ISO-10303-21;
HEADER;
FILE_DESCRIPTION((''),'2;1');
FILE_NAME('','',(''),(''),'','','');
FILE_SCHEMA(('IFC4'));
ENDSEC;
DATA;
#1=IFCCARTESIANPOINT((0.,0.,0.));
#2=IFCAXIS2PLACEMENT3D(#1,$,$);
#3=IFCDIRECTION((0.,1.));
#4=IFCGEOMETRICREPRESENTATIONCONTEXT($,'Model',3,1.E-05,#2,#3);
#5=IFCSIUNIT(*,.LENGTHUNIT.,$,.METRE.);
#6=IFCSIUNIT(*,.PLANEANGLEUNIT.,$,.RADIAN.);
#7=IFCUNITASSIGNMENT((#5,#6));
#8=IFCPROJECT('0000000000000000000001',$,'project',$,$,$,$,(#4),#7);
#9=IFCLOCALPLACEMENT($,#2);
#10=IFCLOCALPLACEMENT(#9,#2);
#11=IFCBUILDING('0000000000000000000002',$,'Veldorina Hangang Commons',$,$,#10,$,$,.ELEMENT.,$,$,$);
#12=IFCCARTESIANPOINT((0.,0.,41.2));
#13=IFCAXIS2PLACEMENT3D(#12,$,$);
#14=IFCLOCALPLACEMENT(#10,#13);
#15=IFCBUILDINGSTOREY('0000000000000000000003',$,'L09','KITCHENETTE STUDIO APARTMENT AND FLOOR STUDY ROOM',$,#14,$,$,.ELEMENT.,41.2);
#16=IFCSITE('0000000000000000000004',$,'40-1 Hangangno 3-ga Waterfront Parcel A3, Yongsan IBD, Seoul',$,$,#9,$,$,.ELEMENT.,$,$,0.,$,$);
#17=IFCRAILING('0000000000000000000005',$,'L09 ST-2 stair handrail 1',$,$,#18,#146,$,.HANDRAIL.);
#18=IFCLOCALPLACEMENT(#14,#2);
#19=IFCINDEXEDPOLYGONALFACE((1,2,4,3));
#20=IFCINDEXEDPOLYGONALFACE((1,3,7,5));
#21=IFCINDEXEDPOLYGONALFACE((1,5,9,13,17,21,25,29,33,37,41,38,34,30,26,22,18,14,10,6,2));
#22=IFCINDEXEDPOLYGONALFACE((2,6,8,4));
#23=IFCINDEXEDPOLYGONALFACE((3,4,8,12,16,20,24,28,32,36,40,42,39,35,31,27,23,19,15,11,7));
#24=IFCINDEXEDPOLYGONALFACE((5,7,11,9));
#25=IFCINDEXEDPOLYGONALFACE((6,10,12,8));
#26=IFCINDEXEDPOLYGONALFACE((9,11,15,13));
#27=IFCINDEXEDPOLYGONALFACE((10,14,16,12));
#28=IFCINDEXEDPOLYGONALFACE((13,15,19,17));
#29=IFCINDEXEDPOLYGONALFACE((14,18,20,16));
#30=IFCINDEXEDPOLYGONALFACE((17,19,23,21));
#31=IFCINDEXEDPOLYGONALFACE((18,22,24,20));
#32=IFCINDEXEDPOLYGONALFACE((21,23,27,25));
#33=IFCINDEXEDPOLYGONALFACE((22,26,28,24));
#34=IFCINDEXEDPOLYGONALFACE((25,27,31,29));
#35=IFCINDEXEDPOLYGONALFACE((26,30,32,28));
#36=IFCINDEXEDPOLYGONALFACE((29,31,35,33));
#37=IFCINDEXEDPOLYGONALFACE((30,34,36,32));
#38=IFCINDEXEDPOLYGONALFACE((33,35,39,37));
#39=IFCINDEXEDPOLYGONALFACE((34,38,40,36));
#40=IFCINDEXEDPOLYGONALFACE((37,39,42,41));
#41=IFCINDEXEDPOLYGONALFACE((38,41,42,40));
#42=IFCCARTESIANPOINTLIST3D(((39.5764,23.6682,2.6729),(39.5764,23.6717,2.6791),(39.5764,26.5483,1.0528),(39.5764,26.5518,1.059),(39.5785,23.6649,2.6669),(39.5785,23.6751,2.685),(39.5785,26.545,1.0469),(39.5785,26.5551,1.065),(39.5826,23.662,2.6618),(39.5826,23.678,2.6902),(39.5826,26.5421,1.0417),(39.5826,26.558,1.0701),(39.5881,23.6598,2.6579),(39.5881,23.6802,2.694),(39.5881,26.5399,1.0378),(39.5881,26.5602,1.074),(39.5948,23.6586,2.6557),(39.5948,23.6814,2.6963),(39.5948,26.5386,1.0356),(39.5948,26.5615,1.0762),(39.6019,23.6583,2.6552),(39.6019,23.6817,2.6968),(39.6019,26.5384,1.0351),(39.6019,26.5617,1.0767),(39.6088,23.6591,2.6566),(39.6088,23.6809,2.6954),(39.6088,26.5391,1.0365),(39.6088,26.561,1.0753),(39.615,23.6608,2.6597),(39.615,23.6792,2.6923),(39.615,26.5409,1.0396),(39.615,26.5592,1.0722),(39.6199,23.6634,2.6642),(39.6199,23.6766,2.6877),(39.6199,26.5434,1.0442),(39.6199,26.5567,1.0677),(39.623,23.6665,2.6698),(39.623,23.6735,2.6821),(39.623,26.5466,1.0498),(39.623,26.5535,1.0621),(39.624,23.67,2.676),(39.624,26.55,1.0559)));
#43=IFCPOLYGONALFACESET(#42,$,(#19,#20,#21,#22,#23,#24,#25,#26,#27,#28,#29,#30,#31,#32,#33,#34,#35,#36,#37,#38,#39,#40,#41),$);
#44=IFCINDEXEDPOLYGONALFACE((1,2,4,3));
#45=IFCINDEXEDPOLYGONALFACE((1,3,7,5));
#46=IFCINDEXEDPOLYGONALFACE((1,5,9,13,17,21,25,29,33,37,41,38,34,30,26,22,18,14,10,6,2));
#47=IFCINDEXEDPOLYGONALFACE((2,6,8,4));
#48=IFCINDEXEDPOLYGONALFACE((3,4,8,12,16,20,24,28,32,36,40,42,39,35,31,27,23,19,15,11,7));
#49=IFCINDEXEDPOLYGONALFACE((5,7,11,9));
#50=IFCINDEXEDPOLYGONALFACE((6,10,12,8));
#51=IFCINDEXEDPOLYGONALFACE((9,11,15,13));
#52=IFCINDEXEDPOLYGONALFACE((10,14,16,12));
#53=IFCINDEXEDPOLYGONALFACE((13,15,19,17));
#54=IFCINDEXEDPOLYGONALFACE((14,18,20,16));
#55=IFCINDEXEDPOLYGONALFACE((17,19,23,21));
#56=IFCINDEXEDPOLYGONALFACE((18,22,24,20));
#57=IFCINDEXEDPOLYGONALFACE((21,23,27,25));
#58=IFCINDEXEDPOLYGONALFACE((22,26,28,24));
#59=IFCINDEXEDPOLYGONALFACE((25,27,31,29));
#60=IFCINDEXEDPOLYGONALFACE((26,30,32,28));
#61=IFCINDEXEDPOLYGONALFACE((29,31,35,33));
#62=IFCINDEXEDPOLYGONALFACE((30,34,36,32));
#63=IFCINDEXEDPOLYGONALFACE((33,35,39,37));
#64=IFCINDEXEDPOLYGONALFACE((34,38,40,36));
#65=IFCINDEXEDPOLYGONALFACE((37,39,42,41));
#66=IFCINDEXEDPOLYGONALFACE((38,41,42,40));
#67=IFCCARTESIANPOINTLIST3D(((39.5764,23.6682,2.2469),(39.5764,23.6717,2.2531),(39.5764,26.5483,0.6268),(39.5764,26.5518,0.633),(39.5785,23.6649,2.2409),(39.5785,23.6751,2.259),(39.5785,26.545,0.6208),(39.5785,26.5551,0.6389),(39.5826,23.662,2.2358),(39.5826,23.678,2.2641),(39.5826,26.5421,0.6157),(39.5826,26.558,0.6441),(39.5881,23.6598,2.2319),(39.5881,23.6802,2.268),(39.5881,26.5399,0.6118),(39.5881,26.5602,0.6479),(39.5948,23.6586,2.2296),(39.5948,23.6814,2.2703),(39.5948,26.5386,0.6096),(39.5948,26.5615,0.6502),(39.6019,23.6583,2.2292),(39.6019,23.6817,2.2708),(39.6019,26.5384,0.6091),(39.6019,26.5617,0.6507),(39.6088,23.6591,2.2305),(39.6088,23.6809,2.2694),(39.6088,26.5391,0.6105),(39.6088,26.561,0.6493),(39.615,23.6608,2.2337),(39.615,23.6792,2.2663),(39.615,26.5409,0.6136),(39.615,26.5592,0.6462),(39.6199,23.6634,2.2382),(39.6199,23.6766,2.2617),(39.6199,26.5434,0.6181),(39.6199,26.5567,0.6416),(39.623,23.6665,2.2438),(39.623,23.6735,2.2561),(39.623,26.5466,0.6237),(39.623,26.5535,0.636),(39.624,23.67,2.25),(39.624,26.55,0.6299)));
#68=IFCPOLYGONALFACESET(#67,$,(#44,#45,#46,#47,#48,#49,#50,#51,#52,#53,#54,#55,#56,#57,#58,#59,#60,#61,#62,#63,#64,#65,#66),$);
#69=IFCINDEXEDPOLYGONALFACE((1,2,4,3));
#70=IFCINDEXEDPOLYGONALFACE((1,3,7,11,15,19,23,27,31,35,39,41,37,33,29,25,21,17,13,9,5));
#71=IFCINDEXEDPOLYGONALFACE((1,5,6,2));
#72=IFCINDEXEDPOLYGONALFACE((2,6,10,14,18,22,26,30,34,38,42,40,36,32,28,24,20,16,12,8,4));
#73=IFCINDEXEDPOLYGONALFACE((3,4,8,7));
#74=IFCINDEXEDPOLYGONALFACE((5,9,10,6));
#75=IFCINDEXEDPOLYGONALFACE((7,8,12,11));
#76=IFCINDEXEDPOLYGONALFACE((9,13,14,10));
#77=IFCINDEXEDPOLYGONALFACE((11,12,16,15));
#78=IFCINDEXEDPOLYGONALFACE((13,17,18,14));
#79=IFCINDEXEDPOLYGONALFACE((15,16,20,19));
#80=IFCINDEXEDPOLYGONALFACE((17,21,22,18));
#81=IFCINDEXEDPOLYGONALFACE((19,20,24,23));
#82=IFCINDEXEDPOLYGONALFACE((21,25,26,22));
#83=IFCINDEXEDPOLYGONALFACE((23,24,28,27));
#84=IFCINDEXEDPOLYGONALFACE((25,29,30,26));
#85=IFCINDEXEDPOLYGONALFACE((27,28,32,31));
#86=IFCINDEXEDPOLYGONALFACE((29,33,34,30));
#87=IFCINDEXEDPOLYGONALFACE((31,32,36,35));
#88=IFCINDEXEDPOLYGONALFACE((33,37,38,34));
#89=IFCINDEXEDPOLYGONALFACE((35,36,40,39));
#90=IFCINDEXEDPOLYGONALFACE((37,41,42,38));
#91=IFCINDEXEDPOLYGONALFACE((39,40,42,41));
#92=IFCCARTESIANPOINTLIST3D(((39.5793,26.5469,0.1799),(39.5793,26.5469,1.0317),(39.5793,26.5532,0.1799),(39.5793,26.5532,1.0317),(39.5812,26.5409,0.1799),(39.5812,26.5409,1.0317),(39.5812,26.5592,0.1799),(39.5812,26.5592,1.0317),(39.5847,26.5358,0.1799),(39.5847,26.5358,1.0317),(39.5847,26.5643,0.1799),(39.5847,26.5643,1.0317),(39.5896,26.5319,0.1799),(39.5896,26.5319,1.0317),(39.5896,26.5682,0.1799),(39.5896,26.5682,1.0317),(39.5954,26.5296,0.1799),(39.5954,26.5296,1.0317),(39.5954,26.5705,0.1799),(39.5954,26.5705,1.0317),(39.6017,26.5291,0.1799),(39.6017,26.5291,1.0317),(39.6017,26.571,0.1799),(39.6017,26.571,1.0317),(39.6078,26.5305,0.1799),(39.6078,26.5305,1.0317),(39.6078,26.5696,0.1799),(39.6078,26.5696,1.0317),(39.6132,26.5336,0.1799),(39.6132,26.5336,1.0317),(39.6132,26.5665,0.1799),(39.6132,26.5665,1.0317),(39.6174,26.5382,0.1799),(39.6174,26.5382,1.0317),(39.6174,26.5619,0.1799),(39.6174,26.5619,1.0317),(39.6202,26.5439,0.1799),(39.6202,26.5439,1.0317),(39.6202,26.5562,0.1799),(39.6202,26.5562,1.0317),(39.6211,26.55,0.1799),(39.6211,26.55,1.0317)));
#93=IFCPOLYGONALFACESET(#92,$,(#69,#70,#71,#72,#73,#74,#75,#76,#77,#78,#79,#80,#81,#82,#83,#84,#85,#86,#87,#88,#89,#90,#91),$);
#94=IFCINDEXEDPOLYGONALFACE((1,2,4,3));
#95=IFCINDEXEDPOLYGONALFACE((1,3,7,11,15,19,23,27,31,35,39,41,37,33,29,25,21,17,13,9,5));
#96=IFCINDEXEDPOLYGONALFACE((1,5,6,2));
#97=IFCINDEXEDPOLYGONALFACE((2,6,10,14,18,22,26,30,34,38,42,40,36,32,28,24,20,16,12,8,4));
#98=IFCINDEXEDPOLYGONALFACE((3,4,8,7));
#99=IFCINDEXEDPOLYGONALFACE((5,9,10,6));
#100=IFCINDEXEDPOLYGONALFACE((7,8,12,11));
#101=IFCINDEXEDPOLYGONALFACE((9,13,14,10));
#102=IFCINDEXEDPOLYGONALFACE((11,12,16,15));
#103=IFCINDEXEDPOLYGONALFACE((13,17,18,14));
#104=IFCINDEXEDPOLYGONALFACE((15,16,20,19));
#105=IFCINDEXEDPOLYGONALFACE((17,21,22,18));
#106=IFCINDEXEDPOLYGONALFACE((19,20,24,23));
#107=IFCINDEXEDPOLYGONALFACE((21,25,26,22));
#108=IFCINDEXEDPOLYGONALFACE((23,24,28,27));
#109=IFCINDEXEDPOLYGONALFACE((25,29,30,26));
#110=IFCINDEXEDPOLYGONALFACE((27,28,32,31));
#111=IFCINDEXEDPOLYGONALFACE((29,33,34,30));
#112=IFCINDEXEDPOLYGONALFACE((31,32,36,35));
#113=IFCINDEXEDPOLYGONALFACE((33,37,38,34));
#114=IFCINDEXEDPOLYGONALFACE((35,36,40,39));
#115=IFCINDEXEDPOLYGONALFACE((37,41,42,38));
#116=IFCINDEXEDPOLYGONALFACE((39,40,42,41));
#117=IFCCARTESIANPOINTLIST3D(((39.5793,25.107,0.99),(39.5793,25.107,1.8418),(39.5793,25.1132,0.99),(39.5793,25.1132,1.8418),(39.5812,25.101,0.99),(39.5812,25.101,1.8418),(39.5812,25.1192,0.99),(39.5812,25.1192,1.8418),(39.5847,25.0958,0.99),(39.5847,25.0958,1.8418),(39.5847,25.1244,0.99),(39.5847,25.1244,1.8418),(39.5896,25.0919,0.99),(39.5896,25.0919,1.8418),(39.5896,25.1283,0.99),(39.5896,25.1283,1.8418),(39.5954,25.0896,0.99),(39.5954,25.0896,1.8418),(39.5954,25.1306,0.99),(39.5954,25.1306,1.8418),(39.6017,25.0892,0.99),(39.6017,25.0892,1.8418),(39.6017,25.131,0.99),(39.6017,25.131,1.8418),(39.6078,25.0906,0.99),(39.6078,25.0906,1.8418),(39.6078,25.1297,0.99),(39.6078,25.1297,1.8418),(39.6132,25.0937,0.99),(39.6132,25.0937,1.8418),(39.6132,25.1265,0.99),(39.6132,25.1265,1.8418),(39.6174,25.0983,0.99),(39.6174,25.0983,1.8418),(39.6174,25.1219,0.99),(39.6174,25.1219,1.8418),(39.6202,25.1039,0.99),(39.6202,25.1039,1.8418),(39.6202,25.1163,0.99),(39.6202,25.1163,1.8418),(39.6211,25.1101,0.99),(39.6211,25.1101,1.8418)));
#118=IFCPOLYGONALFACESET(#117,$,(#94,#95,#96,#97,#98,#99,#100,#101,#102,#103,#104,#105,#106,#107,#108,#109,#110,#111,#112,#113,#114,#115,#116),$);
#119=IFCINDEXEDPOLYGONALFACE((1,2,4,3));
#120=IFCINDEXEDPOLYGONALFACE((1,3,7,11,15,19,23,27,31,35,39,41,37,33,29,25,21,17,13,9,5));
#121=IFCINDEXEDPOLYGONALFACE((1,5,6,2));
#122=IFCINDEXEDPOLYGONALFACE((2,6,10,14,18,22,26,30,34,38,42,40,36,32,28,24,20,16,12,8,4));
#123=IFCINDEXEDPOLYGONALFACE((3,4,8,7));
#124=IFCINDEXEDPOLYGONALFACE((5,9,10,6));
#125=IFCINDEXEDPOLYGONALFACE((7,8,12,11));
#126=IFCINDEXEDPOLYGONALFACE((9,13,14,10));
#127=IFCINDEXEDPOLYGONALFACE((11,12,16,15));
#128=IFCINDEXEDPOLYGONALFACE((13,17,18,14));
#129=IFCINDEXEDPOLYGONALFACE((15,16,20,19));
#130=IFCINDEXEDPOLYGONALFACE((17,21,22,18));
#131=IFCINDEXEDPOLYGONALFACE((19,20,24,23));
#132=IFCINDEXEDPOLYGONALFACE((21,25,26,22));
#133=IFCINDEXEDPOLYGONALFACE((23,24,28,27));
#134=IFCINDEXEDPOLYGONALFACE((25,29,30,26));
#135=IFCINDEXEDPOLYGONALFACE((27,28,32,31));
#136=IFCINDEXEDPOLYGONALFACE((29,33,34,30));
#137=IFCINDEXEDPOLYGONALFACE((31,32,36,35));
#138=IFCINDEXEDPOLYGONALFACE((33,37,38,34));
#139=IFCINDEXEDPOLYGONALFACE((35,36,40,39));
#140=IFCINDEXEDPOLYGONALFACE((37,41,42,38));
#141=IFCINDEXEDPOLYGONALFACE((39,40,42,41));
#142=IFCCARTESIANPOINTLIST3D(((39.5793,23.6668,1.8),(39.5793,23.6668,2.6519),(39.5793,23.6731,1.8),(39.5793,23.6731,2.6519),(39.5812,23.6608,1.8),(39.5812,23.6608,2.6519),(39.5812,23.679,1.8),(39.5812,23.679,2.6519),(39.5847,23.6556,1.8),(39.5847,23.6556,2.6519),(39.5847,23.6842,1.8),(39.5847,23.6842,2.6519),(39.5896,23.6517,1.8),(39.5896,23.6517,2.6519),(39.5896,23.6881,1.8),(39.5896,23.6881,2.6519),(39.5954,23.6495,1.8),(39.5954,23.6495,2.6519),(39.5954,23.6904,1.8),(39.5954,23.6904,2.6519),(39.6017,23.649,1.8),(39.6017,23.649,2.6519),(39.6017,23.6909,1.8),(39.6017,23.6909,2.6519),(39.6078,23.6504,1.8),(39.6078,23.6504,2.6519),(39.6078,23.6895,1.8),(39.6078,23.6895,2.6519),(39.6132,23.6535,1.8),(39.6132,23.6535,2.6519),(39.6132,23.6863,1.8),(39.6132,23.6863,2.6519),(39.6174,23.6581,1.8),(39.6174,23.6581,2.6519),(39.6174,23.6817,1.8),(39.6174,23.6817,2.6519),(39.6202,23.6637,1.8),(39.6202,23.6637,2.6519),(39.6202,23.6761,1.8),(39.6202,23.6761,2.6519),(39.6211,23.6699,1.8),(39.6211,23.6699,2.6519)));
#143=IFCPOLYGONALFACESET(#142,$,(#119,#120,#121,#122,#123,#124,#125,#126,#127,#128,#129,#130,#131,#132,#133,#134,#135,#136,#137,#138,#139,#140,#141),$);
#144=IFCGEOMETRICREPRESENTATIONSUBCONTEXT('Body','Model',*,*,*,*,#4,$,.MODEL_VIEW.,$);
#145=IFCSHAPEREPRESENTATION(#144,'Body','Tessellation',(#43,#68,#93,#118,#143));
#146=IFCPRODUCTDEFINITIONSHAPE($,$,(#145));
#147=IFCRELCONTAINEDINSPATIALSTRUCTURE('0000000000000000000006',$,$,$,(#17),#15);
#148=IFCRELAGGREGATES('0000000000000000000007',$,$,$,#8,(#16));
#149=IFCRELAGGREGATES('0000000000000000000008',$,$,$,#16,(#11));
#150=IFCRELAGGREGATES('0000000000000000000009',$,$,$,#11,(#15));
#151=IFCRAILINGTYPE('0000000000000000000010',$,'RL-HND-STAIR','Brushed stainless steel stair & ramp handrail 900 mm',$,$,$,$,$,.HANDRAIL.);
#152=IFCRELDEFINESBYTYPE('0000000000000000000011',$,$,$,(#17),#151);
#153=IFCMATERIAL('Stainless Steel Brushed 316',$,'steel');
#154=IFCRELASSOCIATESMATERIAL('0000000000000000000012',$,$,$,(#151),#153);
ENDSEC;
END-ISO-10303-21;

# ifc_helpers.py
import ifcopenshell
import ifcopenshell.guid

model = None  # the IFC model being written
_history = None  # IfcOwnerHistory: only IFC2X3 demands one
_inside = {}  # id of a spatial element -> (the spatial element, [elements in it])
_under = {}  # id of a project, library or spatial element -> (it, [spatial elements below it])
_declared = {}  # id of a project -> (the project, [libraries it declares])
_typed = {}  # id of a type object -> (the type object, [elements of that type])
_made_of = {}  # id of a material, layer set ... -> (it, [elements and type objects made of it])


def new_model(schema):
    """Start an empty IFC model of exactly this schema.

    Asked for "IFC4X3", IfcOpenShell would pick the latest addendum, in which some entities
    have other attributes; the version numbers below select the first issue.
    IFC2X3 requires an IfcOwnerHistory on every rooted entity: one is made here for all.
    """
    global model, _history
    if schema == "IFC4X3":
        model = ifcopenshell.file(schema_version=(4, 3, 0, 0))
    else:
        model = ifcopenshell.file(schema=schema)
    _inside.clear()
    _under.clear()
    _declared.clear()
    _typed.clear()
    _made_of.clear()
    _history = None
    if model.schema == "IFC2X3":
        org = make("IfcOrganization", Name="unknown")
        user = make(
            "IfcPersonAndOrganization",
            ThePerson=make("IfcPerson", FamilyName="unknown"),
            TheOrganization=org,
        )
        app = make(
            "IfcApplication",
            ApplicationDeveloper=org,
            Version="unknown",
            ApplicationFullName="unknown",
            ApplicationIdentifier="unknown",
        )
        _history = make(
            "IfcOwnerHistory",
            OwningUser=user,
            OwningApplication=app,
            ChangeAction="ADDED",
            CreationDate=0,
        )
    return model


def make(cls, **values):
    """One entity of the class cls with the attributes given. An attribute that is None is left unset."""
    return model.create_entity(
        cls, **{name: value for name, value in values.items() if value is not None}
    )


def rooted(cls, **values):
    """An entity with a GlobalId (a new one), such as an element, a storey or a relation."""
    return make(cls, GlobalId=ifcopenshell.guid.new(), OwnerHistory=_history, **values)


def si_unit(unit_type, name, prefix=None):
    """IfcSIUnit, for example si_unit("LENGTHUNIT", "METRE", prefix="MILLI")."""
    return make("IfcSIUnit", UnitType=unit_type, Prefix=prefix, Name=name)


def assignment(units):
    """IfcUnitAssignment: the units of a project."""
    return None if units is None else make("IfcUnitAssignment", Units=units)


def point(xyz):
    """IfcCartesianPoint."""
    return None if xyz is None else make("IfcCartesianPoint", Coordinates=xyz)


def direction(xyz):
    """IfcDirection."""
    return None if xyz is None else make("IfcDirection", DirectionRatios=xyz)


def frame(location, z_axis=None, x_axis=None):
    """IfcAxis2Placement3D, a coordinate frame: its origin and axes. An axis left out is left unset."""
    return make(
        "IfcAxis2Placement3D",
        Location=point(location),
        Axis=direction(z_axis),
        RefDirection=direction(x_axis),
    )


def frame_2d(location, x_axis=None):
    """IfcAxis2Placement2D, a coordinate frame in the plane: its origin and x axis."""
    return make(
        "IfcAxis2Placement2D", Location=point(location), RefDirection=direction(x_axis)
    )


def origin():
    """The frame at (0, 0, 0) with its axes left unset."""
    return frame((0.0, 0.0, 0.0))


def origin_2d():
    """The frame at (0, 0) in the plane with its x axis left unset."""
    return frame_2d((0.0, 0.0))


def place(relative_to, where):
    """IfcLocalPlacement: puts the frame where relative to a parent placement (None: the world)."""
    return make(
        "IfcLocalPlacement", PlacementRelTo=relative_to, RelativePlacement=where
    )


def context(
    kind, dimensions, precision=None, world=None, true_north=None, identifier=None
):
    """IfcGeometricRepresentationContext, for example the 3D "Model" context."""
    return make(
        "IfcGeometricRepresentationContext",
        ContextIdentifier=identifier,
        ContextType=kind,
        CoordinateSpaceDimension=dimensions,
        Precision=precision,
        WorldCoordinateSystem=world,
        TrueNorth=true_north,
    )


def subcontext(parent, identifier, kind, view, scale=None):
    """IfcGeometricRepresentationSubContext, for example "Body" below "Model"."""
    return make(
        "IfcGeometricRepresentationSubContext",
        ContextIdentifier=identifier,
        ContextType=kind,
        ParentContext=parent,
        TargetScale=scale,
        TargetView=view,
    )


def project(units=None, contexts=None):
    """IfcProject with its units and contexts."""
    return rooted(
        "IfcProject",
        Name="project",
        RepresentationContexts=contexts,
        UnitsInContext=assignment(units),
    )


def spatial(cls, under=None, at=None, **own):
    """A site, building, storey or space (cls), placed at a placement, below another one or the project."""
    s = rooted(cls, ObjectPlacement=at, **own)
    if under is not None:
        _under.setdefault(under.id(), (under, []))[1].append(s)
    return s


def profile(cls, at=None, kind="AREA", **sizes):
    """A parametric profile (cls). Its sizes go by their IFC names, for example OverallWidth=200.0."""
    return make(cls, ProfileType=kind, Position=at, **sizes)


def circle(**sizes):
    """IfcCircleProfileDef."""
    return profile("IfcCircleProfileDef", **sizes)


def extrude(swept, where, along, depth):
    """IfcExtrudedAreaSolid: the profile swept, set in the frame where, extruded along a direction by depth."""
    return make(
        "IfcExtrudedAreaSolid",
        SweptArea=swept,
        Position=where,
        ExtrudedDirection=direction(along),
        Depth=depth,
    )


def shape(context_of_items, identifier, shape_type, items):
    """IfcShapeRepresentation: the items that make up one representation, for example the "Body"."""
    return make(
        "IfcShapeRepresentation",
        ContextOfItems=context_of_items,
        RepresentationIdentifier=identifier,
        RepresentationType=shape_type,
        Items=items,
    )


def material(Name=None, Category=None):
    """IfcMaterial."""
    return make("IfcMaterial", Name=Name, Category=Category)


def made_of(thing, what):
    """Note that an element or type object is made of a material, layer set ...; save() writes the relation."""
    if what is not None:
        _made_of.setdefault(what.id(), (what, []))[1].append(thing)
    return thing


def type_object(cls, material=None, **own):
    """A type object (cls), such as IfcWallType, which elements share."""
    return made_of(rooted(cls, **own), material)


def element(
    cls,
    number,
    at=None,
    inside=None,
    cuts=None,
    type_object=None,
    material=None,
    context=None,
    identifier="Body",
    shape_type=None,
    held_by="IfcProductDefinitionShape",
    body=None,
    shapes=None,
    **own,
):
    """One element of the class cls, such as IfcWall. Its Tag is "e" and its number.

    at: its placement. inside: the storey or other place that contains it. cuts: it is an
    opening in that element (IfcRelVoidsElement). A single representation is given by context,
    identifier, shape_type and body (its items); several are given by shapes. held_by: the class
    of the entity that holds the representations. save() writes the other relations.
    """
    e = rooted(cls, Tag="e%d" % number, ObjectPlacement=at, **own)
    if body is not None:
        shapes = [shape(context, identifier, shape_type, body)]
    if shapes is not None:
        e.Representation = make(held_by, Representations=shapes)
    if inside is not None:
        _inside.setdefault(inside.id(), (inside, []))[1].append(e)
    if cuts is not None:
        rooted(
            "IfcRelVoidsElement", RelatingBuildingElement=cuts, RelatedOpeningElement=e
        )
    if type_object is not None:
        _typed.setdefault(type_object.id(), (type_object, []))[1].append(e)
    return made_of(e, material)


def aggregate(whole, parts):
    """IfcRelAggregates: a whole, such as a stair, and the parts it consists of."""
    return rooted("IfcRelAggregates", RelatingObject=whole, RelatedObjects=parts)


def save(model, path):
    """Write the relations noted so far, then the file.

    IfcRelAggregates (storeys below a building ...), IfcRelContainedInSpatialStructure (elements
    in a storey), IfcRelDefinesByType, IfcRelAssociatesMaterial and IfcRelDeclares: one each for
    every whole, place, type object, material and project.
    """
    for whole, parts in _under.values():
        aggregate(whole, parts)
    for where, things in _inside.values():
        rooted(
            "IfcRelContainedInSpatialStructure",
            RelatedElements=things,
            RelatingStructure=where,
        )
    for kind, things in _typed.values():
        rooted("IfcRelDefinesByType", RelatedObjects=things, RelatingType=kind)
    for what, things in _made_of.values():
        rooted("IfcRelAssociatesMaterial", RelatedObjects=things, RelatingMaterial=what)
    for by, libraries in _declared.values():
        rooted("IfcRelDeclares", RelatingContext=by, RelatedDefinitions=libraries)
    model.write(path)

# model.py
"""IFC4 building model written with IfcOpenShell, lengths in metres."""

from ifc_helpers import new_model, si_unit, direction, frame, origin, origin_2d, place, context, subcontext, project, spatial, circle, extrude, material, type_object, element, save


model = new_model("IFC4")

# Units and contexts
model_context = context("Model", 3, precision=1e-05, world=origin(), true_north=direction((0.0, 1.0)))
body_context = subcontext(model_context, "Body", "Model", "MODEL_VIEW")
ifc_project = project(units=[si_unit("LENGTHUNIT", "METRE"), si_unit("PLANEANGLEUNIT", "RADIAN")], contexts=[model_context])

# Site, building, storey
site_placement = place(None, origin())
site = spatial("IfcSite", under=ifc_project, at=site_placement, Name="40-1 Hangangno 3-ga Waterfront Parcel A3, Yongsan IBD, Seoul", CompositionType="ELEMENT", RefElevation=0.0)
building_placement = place(site_placement, origin())
building = spatial("IfcBuilding", under=site, at=building_placement, Name="Veldorina Hangang Commons", CompositionType="ELEMENT")
storey_placement = place(building_placement, frame((0.0, 0.0, 41.2)))
storey = spatial("IfcBuildingStorey", under=building, at=storey_placement, Name="L09", Description="KITCHENETTE STUDIO APARTMENT AND FLOOR STUDY ROOM", CompositionType="ELEMENT", Elevation=41.2)

# Railing
ifc_material_1 = material(Name="Stainless Steel Brushed 316", Category="steel")
railing_type_1 = type_object("IfcRailingType", Name="RL-HND-STAIR", Description="Brushed stainless steel stair & ramp handrail 900 mm", PredefinedType="HANDRAIL", material=ifc_material_1)
railing_1_placement = place(storey_placement, frame((39.6001, 26.55, 0.1799)))
element("IfcRailing", 1, at=railing_1_placement, inside=storey, type_object=railing_type_1, Name="L09 ST-2 stair handrail 1", PredefinedType="HANDRAIL", context=body_context, shape_type="SweptSolid", body=[
    extrude(circle(Radius=0.0239, at=origin_2d()), frame((0.0, 0.0, 0.876), z_axis=(0.0, -0.87157, 0.490272), x_axis=(1.0, 0.0, 0.0)), (0.0, 0.0, 1.0), 3.3044),
    extrude(circle(Radius=0.0239, at=origin_2d()), frame((0.0, 0.0, 0.45), z_axis=(0.0, -0.87157, 0.490272), x_axis=(1.0, 0.0, 0.0)), (0.0, 0.0, 1.0), 3.3044),
    extrude(circle(Radius=0.021, at=origin_2d()), origin(), (0.0, 0.0, 1.0), 0.8518),
    extrude(circle(Radius=0.021, at=origin_2d()), frame((0.0, -1.4399, 0.8101)), (0.0, 0.0, 1.0), 0.8518),
    extrude(circle(Radius=0.021, at=origin_2d()), frame((0.0, -2.8801, 1.6201)), (0.0, 0.0, 1.0), 0.8518),
])

save(model, "model.ifc")
